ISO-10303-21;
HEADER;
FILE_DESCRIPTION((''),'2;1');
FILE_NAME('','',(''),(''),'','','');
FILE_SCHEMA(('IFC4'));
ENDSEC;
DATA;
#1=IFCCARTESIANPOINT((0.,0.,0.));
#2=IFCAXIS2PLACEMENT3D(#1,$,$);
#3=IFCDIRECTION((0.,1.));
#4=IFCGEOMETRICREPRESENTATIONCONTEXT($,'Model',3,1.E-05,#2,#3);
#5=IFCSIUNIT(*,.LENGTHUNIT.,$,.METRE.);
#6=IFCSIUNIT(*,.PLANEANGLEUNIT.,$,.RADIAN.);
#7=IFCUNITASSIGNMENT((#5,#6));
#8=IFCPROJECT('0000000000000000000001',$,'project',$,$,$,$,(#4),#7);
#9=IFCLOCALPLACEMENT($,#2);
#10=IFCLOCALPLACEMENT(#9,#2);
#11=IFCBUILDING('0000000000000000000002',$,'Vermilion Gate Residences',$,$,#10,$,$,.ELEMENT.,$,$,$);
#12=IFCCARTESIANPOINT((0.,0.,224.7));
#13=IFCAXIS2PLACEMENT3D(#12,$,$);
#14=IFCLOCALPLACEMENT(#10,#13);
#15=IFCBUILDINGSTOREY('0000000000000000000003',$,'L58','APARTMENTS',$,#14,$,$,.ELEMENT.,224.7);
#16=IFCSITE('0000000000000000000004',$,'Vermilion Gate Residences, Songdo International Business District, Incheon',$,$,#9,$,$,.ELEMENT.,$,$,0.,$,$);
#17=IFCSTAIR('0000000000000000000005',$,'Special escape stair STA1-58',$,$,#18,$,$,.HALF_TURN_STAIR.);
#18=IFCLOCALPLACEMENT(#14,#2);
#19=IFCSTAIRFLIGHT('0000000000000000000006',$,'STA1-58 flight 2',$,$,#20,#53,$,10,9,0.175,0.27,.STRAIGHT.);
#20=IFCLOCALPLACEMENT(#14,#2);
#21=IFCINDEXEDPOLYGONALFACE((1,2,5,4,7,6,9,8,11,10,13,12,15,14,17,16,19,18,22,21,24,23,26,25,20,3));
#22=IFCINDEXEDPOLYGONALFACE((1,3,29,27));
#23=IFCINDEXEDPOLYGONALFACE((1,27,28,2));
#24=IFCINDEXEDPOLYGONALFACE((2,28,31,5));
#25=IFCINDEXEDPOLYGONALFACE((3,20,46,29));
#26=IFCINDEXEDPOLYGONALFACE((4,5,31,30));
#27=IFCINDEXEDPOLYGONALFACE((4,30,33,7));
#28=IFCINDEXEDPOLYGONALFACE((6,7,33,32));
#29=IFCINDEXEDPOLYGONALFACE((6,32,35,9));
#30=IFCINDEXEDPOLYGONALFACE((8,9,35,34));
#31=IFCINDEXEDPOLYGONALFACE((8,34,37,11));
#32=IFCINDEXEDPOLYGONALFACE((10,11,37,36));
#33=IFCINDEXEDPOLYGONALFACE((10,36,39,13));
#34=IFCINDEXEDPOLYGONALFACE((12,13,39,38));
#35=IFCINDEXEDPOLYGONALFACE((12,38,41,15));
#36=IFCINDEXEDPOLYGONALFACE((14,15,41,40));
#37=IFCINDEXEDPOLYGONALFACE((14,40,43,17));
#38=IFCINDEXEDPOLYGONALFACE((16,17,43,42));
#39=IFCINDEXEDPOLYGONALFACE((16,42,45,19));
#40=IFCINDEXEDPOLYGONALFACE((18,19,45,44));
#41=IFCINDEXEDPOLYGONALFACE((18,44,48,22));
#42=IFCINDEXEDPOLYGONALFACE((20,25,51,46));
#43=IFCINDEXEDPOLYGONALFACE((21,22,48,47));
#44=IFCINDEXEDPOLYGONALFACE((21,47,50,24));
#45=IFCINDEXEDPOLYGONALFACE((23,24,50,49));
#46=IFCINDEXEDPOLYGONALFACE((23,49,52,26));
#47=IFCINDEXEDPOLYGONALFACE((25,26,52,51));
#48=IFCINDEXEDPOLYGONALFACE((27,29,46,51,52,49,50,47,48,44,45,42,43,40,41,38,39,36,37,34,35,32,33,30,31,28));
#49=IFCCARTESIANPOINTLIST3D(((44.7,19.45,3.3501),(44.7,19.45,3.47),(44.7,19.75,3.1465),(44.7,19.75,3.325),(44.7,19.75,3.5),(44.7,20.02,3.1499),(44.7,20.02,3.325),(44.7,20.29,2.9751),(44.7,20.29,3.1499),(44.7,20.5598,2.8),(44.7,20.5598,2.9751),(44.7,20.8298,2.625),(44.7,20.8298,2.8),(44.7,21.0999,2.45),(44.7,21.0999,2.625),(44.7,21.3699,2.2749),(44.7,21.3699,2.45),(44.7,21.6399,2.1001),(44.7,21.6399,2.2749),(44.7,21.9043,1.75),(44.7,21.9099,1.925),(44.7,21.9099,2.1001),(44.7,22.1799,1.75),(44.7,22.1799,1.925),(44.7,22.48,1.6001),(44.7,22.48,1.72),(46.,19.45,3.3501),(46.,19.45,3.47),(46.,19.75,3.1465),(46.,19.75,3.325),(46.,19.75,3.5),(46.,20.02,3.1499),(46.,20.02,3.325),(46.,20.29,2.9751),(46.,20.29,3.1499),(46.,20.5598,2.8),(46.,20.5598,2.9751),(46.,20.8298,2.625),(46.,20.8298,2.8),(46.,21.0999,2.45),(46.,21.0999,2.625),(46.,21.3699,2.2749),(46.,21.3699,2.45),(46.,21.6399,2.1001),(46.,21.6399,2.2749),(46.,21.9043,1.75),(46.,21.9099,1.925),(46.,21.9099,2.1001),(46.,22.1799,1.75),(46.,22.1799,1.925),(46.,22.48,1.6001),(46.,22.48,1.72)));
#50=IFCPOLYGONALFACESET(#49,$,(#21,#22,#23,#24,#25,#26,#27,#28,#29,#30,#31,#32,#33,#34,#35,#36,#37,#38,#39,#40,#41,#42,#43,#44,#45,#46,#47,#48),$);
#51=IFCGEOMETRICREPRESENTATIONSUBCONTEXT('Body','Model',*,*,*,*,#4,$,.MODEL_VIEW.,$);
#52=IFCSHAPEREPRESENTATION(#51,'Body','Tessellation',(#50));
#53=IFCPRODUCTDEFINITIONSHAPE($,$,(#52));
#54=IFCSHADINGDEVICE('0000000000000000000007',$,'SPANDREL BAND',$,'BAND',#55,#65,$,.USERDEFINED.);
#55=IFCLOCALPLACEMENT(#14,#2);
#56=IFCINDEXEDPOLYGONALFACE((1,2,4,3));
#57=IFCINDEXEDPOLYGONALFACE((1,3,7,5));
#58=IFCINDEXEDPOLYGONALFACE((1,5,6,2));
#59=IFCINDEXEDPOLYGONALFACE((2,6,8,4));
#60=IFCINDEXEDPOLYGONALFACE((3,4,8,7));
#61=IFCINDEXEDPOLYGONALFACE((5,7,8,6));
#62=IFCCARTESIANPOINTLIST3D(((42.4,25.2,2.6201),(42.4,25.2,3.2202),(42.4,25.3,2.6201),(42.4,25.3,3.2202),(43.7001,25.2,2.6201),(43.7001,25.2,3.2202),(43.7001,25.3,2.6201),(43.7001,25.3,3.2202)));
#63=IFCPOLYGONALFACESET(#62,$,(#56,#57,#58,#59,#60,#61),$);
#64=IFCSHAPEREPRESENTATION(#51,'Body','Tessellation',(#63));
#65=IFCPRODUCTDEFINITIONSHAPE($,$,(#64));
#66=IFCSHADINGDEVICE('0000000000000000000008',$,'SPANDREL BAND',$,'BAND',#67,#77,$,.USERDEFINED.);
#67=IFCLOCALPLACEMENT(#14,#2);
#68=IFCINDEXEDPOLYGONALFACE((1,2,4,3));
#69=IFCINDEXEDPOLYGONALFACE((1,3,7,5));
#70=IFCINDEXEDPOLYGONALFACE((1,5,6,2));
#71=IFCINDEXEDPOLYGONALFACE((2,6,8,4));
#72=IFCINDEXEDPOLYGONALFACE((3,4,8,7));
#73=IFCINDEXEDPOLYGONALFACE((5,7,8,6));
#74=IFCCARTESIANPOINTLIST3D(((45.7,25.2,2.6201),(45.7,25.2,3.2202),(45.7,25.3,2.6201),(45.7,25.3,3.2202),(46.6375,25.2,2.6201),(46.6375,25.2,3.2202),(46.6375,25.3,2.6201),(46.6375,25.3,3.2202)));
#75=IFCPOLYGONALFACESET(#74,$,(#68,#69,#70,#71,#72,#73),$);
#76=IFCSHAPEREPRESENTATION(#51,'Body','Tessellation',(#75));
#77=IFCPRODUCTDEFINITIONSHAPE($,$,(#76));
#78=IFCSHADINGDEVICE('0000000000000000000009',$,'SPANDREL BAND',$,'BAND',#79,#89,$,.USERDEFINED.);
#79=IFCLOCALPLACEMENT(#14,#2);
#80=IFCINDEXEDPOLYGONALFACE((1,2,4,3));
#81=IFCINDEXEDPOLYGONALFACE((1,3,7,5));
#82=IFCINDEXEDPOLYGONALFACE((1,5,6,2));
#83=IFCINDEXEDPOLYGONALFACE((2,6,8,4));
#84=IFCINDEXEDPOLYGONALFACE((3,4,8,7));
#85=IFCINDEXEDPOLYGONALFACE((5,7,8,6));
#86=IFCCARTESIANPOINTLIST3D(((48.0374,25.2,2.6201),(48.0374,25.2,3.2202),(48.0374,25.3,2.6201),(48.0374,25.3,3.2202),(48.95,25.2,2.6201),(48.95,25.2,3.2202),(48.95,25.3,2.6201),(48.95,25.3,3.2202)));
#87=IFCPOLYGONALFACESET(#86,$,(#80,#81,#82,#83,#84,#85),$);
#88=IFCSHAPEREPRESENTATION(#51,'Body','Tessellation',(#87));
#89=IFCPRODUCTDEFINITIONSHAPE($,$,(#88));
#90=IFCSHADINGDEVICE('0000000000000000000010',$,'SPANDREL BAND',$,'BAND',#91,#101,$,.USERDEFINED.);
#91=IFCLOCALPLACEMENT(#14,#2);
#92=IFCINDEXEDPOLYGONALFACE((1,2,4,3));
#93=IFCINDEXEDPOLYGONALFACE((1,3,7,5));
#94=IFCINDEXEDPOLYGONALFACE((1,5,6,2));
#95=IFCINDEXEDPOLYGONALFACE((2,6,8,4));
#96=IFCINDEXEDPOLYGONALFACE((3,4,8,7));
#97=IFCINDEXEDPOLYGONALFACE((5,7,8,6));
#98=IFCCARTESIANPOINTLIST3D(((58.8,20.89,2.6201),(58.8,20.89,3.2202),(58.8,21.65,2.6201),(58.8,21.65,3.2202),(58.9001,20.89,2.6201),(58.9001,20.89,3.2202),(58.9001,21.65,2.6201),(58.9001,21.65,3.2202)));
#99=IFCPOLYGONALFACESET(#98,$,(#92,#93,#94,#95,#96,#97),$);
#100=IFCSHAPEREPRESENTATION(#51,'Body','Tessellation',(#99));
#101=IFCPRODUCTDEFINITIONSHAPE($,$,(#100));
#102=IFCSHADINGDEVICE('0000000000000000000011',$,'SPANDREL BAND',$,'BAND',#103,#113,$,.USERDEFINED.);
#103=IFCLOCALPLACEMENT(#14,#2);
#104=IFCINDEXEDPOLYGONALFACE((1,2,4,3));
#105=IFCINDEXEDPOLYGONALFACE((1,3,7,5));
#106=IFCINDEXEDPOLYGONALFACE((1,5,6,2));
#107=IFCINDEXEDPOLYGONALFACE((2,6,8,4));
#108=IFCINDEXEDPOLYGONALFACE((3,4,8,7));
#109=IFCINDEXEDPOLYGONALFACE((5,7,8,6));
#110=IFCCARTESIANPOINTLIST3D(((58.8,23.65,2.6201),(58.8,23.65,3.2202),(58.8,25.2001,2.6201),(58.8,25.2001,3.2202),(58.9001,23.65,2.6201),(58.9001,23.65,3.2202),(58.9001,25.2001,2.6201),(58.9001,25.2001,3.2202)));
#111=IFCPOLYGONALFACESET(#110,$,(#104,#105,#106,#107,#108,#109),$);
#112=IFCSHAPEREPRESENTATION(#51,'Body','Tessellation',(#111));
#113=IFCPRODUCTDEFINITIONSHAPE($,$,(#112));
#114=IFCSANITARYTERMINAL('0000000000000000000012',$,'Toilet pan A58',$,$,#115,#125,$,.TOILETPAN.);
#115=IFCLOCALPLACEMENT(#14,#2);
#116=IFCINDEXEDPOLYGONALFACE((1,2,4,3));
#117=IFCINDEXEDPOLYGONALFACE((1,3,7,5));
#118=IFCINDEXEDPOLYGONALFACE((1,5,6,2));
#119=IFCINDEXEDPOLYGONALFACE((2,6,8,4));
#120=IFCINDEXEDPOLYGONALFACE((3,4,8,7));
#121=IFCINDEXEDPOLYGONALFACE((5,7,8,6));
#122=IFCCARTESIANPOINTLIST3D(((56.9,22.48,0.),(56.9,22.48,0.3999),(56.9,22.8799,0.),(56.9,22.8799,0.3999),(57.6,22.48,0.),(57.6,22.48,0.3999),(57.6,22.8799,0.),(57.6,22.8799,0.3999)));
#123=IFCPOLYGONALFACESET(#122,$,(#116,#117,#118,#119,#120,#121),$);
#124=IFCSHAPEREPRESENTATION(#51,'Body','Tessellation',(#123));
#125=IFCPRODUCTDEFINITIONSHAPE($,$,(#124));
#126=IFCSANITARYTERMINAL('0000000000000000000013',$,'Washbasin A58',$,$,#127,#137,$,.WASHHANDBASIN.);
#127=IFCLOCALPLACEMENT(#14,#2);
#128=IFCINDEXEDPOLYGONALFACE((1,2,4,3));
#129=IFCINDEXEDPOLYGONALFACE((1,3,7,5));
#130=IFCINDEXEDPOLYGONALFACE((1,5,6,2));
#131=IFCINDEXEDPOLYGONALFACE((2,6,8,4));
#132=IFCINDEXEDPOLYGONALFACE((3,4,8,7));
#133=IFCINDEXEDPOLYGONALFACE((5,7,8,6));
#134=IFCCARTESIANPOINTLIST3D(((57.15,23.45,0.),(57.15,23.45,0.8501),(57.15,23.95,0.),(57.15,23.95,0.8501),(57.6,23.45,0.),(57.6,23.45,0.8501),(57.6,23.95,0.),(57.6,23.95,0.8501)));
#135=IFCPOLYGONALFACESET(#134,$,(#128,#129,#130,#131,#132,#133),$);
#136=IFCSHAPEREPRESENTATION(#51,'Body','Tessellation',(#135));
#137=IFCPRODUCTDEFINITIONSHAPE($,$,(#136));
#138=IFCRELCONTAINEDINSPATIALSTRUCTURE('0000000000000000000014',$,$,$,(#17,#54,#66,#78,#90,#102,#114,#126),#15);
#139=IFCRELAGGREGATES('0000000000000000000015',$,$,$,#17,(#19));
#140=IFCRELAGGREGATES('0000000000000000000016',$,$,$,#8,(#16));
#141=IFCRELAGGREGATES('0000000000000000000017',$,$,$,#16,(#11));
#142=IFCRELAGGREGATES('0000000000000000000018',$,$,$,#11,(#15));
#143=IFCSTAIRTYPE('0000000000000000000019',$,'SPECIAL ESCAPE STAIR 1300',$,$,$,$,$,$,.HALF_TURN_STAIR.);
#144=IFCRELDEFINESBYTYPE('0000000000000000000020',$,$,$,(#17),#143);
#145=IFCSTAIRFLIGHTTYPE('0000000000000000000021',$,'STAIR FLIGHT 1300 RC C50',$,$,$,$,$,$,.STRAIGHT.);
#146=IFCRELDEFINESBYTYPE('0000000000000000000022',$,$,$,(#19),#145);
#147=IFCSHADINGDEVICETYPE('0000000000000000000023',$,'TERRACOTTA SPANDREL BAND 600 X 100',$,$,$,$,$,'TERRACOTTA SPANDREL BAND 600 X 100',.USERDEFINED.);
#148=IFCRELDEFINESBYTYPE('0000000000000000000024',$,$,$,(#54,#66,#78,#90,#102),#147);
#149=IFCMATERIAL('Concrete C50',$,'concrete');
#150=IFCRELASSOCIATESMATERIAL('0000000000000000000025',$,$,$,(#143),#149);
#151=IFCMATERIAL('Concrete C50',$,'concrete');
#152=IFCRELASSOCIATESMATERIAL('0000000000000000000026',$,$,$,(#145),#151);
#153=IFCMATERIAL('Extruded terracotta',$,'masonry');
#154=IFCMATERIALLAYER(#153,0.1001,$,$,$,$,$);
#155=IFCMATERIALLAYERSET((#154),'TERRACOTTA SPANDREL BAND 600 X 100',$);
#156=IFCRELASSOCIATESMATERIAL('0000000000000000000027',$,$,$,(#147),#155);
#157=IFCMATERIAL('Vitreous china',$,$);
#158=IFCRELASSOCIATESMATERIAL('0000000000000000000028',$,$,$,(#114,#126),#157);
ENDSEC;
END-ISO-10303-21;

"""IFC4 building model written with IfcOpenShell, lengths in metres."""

from ifc_helpers import new_model, si_unit, direction, frame, origin, origin_2d, place, context, subcontext, project, spatial, polyline, rectangle, outline, extrude, material, layer, layer_set, type_object, element, aggregate, save


model = new_model("IFC4")

# Units and contexts
model_context = context("Model", 3, precision=1e-05, world=origin(), true_north=direction((0.0, 1.0)))
body_context = subcontext(model_context, "Body", "Model", "MODEL_VIEW")
ifc_project = project(units=[si_unit("LENGTHUNIT", "METRE"), si_unit("PLANEANGLEUNIT", "RADIAN")], contexts=[model_context])

# Site, building, storey
site_placement = place(None, origin())
site = spatial("IfcSite", under=ifc_project, at=site_placement, Name="Vermilion Gate Residences, Songdo International Business District, Incheon", CompositionType="ELEMENT", RefElevation=0.0)
building_placement = place(site_placement, origin())
building = spatial("IfcBuilding", under=site, at=building_placement, Name="Vermilion Gate Residences", CompositionType="ELEMENT")
storey_placement = place(building_placement, frame((0.0, 0.0, 224.7)))
storey = spatial("IfcBuildingStorey", under=building, at=storey_placement, Name="L58", Description="APARTMENTS", CompositionType="ELEMENT", Elevation=224.7)

# Stair, stair flight
ifc_material_1 = material(Name="Concrete C50", Category="concrete")
stair_type = type_object("IfcStairType", Name="SPECIAL ESCAPE STAIR 1300", PredefinedType="HALF_TURN_STAIR", material=ifc_material_1)
stair_placement = place(storey_placement, origin())
stair = element("IfcStair", 1, at=stair_placement, inside=storey, type_object=stair_type, Name="Special escape stair STA1-58", PredefinedType="HALF_TURN_STAIR")
ifc_material_2 = material(Name="Concrete C50", Category="concrete")
stair_flight_type = type_object("IfcStairFlightType", Name="STAIR FLIGHT 1300 RC C50", PredefinedType="STRAIGHT", material=ifc_material_2)
stair_flight_placement = place(storey_placement, frame((45.3501, 22.1799, 1.75), z_axis=(0.0, 0.0, 1.0), x_axis=(0.0, -1.0, 0.0)))
stair_flight = element("IfcStairFlight", 2, at=stair_flight_placement, type_object=stair_flight_type, Name="STA1-58 flight 2", NumberOfRisers=10, NumberOfTreads=9, PredefinedType="STRAIGHT", RiserHeight=0.175, TreadLength=0.27, context=body_context, shape_type="SweptSolid", body=[
    extrude(outline(polyline([(-0.3, -0.1499), (-0.3, -0.03), (0.0, 0.0), (0.0, 0.175), (0.27, 0.175), (0.27, 0.3501), (0.54, 0.3501), (0.54, 0.5249), (0.8101, 0.5249), (0.8101, 0.7), (1.0801, 0.7), (1.0801, 0.875), (1.3501, 0.875), (1.3501, 1.05), (1.6201, 1.05), (1.6201, 1.2251), (1.8899, 1.2251), (1.8899, 1.3999), (2.1599, 1.3999), (2.1599, 1.575), (2.4299, 1.575), (2.4299, 1.75), (2.73, 1.72), (2.73, 1.6001), (2.4299, 1.3965), (0.2756, 0.0), (-0.3, -0.1499)])), frame((0.0, 0.6499, 0.0), z_axis=(0.0, -1.0, 0.0), x_axis=(1.0, 0.0, 0.0)), (0.0, 0.0, 1.0), 1.3),
])
aggregate(stair, [stair_flight])

# Shading devices
ifc_material_3 = material(Name="Extruded terracotta", Category="masonry")
ifc_layer_1 = layer(ifc_material_3, 0.1001)
ifc_layer_set_1 = layer_set([ifc_layer_1], Name="TERRACOTTA SPANDREL BAND 600 X 100")
shading_device_type = type_object("IfcShadingDeviceType", Name="TERRACOTTA SPANDREL BAND 600 X 100", ElementType="TERRACOTTA SPANDREL BAND 600 X 100", PredefinedType="USERDEFINED", material=ifc_layer_set_1)
shading_device_1_placement = place(storey_placement, frame((43.05, 25.25, 2.6201), z_axis=(0.0, 0.0, 1.0), x_axis=(1.0, 0.0, 0.0)))
element("IfcShadingDevice", 3, at=shading_device_1_placement, inside=storey, type_object=shading_device_type, Name="SPANDREL BAND", ObjectType="BAND", PredefinedType="USERDEFINED", context=body_context, shape_type="SweptSolid", body=[
    extrude(rectangle(XDim=1.3, YDim=0.1001, at=origin_2d()), origin(), (0.0, 0.0, 1.0), 0.6001),
])
shading_device_2_placement = place(storey_placement, frame((46.1687, 25.25, 2.6201), z_axis=(0.0, 0.0, 1.0), x_axis=(1.0, 0.0, 0.0)))
element("IfcShadingDevice", 4, at=shading_device_2_placement, inside=storey, type_object=shading_device_type, Name="SPANDREL BAND", ObjectType="BAND", PredefinedType="USERDEFINED", context=body_context, shape_type="SweptSolid", body=[
    extrude(rectangle(XDim=0.9375, YDim=0.1001, at=origin_2d()), origin(), (0.0, 0.0, 1.0), 0.6001),
])
shading_device_3_placement = place(storey_placement, frame((48.4937, 25.25, 2.6201), z_axis=(0.0, 0.0, 1.0), x_axis=(1.0, 0.0, 0.0)))
element("IfcShadingDevice", 5, at=shading_device_3_placement, inside=storey, type_object=shading_device_type, Name="SPANDREL BAND", ObjectType="BAND", PredefinedType="USERDEFINED", context=body_context, shape_type="SweptSolid", body=[
    extrude(rectangle(XDim=0.9126, YDim=0.1001, at=origin_2d()), origin(), (0.0, 0.0, 1.0), 0.6001),
])
shading_device_4_placement = place(storey_placement, frame((58.8501, 21.27, 2.6201), z_axis=(0.0, 0.0, 1.0), x_axis=(0.0, 1.0, 0.0)))
element("IfcShadingDevice", 6, at=shading_device_4_placement, inside=storey, type_object=shading_device_type, Name="SPANDREL BAND", ObjectType="BAND", PredefinedType="USERDEFINED", context=body_context, shape_type="SweptSolid", body=[
    extrude(rectangle(XDim=0.76, YDim=0.1001, at=origin_2d()), origin(), (0.0, 0.0, 1.0), 0.6001),
])
shading_device_5_placement = place(storey_placement, frame((58.8501, 24.425, 2.6201), z_axis=(0.0, 0.0, 1.0), x_axis=(0.0, 1.0, 0.0)))
element("IfcShadingDevice", 7, at=shading_device_5_placement, inside=storey, type_object=shading_device_type, Name="SPANDREL BAND", ObjectType="BAND", PredefinedType="USERDEFINED", context=body_context, shape_type="SweptSolid", body=[
    extrude(rectangle(XDim=1.55, YDim=0.1001, at=origin_2d()), origin(), (0.0, 0.0, 1.0), 0.6001),
])

# Sanitary terminals
ifc_material_4 = material(Name="Vitreous china")
sanitary_terminal_1_placement = place(storey_placement, frame((57.25, 22.6799, 0.0), z_axis=(0.0, 0.0, 1.0), x_axis=(1.0, 0.0, 0.0)))
element("IfcSanitaryTerminal", 8, at=sanitary_terminal_1_placement, inside=storey, material=ifc_material_4, Name="Toilet pan A58", PredefinedType="TOILETPAN", context=body_context, shape_type="SweptSolid", body=[
    extrude(rectangle(XDim=0.7, YDim=0.3999, at=origin_2d()), origin(), (0.0, 0.0, 1.0), 0.3999),
])
sanitary_terminal_2_placement = place(storey_placement, frame((57.375, 23.7, 0.0), z_axis=(0.0, 0.0, 1.0), x_axis=(1.0, 0.0, 0.0)))
element("IfcSanitaryTerminal", 9, at=sanitary_terminal_2_placement, inside=storey, material=ifc_material_4, Name="Washbasin A58", PredefinedType="WASHHANDBASIN", context=body_context, shape_type="SweptSolid", body=[
    extrude(rectangle(XDim=0.45, YDim=0.5, at=origin_2d()), origin(), (0.0, 0.0, 1.0), 0.8501),
])

save(model, "model.ifc")
